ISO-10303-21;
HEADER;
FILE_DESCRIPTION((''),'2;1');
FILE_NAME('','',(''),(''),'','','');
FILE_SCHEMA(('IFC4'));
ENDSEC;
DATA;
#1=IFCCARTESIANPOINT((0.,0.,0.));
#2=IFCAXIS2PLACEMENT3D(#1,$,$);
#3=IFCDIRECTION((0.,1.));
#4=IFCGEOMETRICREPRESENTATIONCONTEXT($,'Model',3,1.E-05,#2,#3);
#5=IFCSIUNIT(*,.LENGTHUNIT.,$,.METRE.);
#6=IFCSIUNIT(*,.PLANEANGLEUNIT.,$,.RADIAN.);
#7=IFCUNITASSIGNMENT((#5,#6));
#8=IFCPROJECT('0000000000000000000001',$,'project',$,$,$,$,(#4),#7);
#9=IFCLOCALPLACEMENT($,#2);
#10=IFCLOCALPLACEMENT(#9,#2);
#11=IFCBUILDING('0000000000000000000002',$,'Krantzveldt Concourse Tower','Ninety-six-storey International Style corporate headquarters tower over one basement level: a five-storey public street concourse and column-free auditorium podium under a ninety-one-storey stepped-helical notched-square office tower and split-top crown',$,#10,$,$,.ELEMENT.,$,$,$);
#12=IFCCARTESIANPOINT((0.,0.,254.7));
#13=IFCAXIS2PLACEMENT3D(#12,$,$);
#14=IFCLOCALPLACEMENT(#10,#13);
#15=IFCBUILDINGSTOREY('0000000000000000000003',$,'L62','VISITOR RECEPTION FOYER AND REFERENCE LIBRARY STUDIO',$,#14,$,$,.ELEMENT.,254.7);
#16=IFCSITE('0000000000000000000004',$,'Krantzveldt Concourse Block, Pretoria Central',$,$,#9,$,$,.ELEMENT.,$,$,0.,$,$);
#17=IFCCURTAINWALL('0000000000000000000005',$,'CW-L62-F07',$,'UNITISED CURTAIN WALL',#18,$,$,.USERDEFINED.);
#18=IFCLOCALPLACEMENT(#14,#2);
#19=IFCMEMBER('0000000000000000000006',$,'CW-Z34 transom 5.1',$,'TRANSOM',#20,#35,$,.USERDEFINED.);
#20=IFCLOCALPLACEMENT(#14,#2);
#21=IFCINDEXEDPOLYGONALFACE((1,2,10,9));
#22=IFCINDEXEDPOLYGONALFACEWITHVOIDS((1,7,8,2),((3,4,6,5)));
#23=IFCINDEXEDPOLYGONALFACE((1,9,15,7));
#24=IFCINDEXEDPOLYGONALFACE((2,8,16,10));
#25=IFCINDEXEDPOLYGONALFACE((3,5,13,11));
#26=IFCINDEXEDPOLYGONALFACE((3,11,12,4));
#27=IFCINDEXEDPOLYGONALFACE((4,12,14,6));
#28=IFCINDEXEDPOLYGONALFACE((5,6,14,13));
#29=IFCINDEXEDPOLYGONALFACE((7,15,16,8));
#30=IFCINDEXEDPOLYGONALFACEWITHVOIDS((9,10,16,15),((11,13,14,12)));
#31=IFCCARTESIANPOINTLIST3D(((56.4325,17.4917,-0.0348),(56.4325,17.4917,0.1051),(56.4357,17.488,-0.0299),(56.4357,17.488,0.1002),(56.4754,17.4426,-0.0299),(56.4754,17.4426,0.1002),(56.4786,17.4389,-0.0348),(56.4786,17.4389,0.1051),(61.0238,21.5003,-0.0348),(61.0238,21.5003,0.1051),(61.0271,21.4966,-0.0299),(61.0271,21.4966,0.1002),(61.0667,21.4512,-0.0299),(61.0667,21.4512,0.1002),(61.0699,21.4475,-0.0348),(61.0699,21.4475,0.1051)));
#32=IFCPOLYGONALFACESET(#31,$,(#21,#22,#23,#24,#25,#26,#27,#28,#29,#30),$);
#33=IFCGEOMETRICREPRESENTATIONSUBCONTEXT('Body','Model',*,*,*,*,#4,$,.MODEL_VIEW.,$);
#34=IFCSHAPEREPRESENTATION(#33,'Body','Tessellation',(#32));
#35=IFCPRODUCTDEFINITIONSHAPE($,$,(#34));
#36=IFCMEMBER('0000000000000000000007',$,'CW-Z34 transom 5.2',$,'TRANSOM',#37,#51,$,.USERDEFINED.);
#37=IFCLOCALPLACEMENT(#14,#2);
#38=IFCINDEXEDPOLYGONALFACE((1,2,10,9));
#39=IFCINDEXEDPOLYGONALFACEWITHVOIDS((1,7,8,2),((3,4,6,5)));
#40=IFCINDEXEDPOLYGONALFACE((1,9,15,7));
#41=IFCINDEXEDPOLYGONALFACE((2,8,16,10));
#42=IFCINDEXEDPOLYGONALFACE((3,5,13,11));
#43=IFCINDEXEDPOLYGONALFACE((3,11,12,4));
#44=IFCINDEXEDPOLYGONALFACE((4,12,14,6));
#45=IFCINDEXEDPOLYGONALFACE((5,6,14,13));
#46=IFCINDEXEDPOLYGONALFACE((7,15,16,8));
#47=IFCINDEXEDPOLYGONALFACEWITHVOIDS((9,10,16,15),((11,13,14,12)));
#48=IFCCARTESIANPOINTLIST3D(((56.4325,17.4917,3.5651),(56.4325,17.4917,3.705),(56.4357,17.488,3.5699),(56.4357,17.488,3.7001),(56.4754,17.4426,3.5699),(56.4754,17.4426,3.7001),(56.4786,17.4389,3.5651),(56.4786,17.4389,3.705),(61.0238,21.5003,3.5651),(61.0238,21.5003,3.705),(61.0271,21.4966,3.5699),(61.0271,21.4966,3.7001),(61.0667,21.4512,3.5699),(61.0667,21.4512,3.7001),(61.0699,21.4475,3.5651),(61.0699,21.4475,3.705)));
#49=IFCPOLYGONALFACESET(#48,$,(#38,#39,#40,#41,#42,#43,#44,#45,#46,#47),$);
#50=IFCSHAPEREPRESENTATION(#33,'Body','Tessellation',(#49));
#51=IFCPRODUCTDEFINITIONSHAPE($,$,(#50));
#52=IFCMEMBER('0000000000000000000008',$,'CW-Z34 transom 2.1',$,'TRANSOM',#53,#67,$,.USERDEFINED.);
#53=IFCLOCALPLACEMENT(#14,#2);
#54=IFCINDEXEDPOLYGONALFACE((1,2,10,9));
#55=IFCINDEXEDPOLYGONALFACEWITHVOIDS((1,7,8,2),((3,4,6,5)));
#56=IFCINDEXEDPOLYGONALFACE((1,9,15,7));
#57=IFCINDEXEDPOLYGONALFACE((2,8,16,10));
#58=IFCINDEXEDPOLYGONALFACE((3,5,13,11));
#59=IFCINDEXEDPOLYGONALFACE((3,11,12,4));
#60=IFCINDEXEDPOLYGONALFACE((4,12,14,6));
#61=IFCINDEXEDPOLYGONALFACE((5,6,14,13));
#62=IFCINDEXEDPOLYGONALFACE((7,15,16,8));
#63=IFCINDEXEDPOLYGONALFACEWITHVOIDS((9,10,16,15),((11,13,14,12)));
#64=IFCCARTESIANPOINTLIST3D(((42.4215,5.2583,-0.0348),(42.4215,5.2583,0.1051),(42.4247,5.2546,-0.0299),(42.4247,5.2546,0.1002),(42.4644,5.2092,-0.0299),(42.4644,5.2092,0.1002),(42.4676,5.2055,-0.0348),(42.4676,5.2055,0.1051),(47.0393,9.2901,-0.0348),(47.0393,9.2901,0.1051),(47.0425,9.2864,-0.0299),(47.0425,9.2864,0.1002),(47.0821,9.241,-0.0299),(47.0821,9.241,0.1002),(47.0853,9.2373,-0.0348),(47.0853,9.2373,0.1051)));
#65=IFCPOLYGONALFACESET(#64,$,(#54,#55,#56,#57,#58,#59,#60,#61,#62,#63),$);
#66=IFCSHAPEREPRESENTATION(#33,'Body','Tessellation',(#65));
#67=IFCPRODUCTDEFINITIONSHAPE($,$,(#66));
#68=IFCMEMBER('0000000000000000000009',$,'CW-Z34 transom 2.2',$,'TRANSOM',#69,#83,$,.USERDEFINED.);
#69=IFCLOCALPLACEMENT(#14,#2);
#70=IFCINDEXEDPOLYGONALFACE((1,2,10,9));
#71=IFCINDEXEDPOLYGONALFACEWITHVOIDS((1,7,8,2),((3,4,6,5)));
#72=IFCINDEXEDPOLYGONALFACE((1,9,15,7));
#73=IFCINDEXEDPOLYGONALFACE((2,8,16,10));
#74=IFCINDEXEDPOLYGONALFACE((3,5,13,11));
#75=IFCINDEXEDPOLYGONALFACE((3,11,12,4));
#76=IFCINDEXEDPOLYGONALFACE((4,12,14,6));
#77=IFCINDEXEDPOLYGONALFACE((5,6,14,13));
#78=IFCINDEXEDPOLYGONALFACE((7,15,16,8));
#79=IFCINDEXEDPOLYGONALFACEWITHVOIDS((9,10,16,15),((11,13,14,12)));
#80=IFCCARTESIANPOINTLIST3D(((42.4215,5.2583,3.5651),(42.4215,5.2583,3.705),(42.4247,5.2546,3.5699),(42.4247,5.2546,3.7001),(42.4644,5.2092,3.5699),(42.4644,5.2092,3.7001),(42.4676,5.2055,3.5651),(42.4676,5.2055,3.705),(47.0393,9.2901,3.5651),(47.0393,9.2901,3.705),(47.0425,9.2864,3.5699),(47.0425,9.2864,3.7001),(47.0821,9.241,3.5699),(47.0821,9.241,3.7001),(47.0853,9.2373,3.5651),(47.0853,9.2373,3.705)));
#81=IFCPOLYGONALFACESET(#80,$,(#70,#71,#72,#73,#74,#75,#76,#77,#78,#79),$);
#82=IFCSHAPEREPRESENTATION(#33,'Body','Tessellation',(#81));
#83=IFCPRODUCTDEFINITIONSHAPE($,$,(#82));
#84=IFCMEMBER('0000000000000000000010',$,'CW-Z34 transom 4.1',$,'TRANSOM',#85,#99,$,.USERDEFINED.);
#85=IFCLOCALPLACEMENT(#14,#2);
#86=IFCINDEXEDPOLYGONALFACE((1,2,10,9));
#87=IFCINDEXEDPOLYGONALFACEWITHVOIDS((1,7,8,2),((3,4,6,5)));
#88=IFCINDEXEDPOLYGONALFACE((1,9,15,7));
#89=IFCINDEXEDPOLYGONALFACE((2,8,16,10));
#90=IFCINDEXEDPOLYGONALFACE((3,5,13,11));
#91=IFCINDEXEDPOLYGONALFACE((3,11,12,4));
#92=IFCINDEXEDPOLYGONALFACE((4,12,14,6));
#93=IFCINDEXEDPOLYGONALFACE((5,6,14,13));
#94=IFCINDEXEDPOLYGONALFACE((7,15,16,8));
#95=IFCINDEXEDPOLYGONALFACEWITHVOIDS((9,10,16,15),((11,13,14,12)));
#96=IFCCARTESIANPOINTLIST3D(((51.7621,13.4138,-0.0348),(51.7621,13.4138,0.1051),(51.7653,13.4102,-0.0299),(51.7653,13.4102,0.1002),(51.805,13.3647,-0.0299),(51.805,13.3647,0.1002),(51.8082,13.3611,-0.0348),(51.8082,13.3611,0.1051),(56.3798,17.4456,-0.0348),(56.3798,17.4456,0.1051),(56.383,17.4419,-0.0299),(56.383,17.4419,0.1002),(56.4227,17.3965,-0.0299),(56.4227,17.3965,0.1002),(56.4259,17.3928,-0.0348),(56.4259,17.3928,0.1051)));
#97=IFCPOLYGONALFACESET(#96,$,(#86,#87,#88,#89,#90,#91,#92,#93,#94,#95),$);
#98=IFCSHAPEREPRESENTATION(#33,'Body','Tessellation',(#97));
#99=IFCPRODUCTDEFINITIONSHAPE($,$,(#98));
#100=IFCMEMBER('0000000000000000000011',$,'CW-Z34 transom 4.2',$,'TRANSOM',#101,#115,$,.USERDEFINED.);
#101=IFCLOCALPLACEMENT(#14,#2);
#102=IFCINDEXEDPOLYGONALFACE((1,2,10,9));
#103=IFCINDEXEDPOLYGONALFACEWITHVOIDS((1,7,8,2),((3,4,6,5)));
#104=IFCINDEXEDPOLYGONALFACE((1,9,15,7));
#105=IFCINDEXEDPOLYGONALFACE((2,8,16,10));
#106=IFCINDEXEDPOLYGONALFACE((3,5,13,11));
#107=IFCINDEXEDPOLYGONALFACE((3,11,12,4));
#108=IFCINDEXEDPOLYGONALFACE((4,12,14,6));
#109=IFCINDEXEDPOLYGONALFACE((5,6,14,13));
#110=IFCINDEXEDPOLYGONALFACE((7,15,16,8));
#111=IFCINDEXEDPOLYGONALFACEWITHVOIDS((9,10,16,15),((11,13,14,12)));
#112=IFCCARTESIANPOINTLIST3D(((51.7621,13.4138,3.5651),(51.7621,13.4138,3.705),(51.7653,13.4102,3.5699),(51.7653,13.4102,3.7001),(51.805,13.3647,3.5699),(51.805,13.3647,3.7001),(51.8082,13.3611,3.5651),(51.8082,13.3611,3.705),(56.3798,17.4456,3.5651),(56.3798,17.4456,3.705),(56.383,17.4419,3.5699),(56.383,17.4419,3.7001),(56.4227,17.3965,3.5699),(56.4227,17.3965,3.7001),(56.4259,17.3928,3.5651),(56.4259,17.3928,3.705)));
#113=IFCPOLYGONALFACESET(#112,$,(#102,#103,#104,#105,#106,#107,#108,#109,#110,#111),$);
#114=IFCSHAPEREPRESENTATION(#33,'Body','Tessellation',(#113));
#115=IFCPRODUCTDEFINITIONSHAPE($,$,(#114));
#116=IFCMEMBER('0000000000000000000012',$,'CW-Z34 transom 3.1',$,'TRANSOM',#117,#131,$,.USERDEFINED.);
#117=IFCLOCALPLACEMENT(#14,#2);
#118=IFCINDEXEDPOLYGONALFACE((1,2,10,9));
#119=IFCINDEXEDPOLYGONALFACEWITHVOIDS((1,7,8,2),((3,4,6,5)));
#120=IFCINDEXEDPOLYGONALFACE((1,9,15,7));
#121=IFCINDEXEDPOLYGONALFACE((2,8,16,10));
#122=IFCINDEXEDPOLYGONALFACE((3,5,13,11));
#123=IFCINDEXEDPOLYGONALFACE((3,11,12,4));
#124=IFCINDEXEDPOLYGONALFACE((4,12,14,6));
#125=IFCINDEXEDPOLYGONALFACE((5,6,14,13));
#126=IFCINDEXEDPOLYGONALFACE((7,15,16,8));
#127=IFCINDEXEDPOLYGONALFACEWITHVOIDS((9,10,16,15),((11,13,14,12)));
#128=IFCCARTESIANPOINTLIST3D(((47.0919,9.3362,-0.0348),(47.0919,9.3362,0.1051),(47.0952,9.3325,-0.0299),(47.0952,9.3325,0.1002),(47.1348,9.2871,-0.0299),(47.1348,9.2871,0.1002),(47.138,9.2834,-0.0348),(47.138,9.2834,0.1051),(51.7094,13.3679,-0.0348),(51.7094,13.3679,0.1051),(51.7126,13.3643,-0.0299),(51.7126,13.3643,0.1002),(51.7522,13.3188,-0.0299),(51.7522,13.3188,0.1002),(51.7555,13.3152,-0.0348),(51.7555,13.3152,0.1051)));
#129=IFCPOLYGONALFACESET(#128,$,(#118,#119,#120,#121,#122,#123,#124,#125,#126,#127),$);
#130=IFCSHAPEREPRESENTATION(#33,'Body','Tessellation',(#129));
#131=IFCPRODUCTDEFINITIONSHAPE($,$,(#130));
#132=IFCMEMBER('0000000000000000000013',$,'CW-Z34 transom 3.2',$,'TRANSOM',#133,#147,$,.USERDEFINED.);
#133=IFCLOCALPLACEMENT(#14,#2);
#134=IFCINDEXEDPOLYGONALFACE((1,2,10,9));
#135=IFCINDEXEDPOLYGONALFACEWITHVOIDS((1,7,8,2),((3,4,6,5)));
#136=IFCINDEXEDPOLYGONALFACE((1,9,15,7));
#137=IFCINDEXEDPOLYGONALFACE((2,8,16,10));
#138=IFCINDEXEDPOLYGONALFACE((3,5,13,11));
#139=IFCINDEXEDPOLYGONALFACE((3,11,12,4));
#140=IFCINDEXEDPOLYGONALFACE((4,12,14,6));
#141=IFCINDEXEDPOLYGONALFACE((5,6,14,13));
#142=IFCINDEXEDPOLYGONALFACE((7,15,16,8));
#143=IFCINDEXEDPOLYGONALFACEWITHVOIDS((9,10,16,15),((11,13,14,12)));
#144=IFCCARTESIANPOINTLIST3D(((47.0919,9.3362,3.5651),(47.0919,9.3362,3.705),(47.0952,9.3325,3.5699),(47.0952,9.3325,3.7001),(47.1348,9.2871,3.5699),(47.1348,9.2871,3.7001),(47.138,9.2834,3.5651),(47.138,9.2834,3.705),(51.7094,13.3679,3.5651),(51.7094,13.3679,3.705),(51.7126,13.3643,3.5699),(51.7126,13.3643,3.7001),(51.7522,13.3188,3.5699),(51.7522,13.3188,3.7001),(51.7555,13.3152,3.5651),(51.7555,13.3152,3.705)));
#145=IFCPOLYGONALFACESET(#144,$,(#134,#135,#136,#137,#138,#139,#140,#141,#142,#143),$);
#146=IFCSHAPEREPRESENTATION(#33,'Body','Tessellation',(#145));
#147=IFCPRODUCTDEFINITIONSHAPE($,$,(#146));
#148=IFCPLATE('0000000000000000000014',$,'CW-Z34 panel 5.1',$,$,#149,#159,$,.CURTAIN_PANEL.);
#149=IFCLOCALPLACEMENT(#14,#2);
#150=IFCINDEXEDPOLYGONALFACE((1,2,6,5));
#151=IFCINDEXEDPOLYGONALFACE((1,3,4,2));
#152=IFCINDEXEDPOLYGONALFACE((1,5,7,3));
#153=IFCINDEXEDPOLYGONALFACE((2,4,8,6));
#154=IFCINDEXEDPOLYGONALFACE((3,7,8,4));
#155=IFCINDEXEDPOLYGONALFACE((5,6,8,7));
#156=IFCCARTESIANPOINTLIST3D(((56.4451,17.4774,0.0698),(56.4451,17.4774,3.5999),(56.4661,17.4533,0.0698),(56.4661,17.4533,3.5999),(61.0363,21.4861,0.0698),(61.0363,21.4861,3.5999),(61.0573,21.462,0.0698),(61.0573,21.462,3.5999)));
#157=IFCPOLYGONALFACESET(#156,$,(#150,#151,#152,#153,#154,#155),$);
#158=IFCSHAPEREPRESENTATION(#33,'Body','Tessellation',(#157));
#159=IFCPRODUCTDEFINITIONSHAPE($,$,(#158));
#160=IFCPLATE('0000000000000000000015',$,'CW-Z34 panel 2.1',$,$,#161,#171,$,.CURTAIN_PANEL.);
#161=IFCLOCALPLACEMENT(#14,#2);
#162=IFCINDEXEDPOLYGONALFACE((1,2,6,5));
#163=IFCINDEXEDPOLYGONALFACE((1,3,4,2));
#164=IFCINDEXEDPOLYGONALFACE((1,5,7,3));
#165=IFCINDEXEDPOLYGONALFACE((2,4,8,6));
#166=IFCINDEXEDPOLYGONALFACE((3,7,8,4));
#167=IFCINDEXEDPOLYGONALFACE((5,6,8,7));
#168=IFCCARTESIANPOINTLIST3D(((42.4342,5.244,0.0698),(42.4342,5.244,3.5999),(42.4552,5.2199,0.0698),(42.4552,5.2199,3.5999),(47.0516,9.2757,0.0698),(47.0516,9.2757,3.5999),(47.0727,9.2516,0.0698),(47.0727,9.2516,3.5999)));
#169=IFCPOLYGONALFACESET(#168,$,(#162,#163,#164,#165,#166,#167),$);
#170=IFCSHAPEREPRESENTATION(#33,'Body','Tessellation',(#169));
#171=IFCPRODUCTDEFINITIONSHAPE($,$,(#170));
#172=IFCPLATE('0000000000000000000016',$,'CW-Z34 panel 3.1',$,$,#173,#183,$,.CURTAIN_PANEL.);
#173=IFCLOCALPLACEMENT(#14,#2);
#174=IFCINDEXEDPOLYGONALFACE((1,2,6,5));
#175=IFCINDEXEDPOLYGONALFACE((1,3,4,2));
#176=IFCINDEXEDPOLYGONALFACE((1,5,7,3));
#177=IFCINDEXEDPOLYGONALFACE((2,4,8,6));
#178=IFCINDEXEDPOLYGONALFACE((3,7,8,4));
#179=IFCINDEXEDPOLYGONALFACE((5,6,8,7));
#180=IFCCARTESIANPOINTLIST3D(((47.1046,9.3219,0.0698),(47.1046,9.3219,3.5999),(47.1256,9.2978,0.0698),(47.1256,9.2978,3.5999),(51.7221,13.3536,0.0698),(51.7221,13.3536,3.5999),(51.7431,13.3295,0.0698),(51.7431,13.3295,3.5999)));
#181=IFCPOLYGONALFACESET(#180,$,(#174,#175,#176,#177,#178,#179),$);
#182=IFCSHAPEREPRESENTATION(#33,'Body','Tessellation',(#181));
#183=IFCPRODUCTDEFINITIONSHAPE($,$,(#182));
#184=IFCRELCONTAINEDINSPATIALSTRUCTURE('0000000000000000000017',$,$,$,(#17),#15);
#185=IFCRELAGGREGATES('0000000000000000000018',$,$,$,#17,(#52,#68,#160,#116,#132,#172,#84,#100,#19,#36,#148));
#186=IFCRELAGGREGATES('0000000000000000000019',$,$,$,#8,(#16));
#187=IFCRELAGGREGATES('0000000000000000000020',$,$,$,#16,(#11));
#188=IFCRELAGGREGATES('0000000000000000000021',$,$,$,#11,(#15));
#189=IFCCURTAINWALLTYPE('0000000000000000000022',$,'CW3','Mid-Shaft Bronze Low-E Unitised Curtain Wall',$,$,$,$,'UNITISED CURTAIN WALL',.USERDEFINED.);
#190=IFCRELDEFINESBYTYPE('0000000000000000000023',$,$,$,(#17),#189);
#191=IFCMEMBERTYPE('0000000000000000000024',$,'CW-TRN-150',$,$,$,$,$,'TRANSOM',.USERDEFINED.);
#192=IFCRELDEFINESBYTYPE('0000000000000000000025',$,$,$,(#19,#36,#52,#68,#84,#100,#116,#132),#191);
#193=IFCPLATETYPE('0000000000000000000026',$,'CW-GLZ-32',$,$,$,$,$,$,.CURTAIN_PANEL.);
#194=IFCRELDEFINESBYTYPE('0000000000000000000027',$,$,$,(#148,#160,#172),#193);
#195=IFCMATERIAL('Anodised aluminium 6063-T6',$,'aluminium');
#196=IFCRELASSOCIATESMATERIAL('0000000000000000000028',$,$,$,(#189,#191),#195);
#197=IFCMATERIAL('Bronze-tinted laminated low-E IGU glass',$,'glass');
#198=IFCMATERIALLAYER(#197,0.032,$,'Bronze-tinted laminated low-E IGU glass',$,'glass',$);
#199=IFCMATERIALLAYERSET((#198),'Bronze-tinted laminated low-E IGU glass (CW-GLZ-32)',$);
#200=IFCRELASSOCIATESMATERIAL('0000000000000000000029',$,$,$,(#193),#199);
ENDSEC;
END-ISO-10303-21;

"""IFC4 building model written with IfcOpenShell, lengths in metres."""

from ifc_helpers import new_model, si_unit, direction, frame, origin, origin_2d, place, context, subcontext, project, spatial, rectangle, hollow_rectangle, extrude, source, transform, mapped, material, layer, layer_set, material_profile, profile_set, type_object, type_shapes, element, aggregate, save


model = new_model("IFC4")

# Units and contexts
model_context = context("Model", 3, precision=1e-05, world=origin(), true_north=direction((0.0, 1.0)))
body_context = subcontext(model_context, "Body", "Model", "MODEL_VIEW")
ifc_project = project(units=[si_unit("LENGTHUNIT", "METRE"), si_unit("PLANEANGLEUNIT", "RADIAN")], contexts=[model_context])

# Site, building, storey
site_placement = place(None, origin())
site = spatial("IfcSite", under=ifc_project, at=site_placement, Name="Krantzveldt Concourse Block, Pretoria Central", CompositionType="ELEMENT", RefElevation=0.0)
building_placement = place(site_placement, origin())
building = spatial("IfcBuilding", under=site, at=building_placement, Name="Krantzveldt Concourse Tower", Description="Ninety-six-storey International Style corporate headquarters tower over one basement level: a five-storey public street concourse and column-free auditorium podium under a ninety-one-storey stepped-helical notched-square office tower and split-top crown", CompositionType="ELEMENT")
storey_placement = place(building_placement, frame((0.0, 0.0, 254.7)))
storey = spatial("IfcBuildingStorey", under=building, at=storey_placement, Name="L62", Description="VISITOR RECEPTION FOYER AND REFERENCE LIBRARY STUDIO", CompositionType="ELEMENT", Elevation=254.7)

# Curtain wall, members, plates
ifc_material_1 = material(Name="Anodised aluminium 6063-T6", Category="aluminium")
curtain_wall_type = type_object("IfcCurtainWallType", Name="CW3", Description="Mid-Shaft Bronze Low-E Unitised Curtain Wall", ElementType="UNITISED CURTAIN WALL", PredefinedType="USERDEFINED", material=ifc_material_1)
curtain_wall_placement = place(storey_placement, origin())
curtain_wall = element("IfcCurtainWall", 1, at=curtain_wall_placement, inside=storey, type_object=curtain_wall_type, Name="CW-L62-F07", ObjectType="UNITISED CURTAIN WALL", PredefinedType="USERDEFINED")
ifc_material_profile_1 = material_profile(ifc_material_1, hollow_rectangle(XDim=0.0701, YDim=0.1399, WallThickness=0.0049, at=origin_2d()), Name="Anodised aluminium 6063-T6", Category="aluminium")
ifc_profile_set_1 = profile_set([ifc_material_profile_1], Name="Anodised aluminium 6063-T6 - ALU-TRAN 140x70x5")
member_type_1 = type_object("IfcMemberType", Name="CW-TRN-150", ElementType="TRANSOM", PredefinedType="USERDEFINED", material=ifc_profile_set_1)
shared_shape_1 = source(origin(), body_context, "Body", "SweptSolid", [
    extrude(hollow_rectangle(XDim=0.0701, YDim=0.1399, WallThickness=0.0049, at=origin_2d()), origin(), (0.0, 0.0, 1.0), 6.095),
])
member_1_placement = place(storey_placement, frame((56.4556, 17.4653, 0.0352), z_axis=(0.753296, 0.657682, 0.0), x_axis=(-0.657682, 0.753296, 0.0)))
member_1 = element("IfcMember", 2, at=member_1_placement, type_object=member_type_1, Name="CW-Z34 transom 5.1", ObjectType="TRANSOM", PredefinedType="USERDEFINED", context=body_context, shape_type="MappedRepresentation", body=[
    mapped(shared_shape_1, transform((0.0, 0.0, 0.0), x_axis=(1.0, 0.0, 0.0), y_axis=(0.0, 1.0, 0.0), z_axis=(0.0, 0.0, 1.0), scale=1.0)),
])
member_2_placement = place(storey_placement, frame((56.4556, 17.4653, 3.635), z_axis=(0.753296, 0.657682, 0.0), x_axis=(-0.657682, 0.753296, 0.0)))
member_2 = element("IfcMember", 3, at=member_2_placement, type_object=member_type_1, Name="CW-Z34 transom 5.2", ObjectType="TRANSOM", PredefinedType="USERDEFINED", context=body_context, shape_type="MappedRepresentation", body=[
    mapped(shared_shape_1, transform((0.0, 0.0, 0.0), x_axis=(1.0, 0.0, 0.0), y_axis=(0.0, 1.0, 0.0), z_axis=(0.0, 0.0, 1.0), scale=1.0)),
])
shared_shape_2 = source(origin(), body_context, "Body", "SweptSolid", [
    extrude(hollow_rectangle(XDim=0.0701, YDim=0.1399, WallThickness=0.0049, at=origin_2d()), origin(), (0.0, 0.0, 1.0), 6.1301),
])
member_3_placement = place(storey_placement, frame((42.4446, 5.2319, 0.0352), z_axis=(0.753282, 0.657698, 0.0), x_axis=(-0.657698, 0.753282, 0.0)))
member_3 = element("IfcMember", 4, at=member_3_placement, type_object=member_type_1, Name="CW-Z34 transom 2.1", ObjectType="TRANSOM", PredefinedType="USERDEFINED", context=body_context, shape_type="MappedRepresentation", body=[
    mapped(shared_shape_2, transform((0.0, 0.0, 0.0), x_axis=(1.0, 0.0, 0.0), y_axis=(0.0, 1.0, 0.0), z_axis=(0.0, 0.0, 1.0), scale=1.0)),
])
member_4_placement = place(storey_placement, frame((42.4446, 5.2319, 3.635), z_axis=(0.753282, 0.657698, 0.0), x_axis=(-0.657698, 0.753282, 0.0)))
member_4 = element("IfcMember", 5, at=member_4_placement, type_object=member_type_1, Name="CW-Z34 transom 2.2", ObjectType="TRANSOM", PredefinedType="USERDEFINED", context=body_context, shape_type="MappedRepresentation", body=[
    mapped(shared_shape_2, transform((0.0, 0.0, 0.0), x_axis=(1.0, 0.0, 0.0), y_axis=(0.0, 1.0, 0.0), z_axis=(0.0, 0.0, 1.0), scale=1.0)),
])
member_5_placement = place(storey_placement, frame((51.7852, 13.3875, 0.0352), z_axis=(0.753282, 0.657698, 0.0), x_axis=(-0.657698, 0.753282, 0.0)))
member_5 = element("IfcMember", 6, at=member_5_placement, type_object=member_type_1, Name="CW-Z34 transom 4.1", ObjectType="TRANSOM", PredefinedType="USERDEFINED", context=body_context, shape_type="MappedRepresentation", body=[
    mapped(shared_shape_2, transform((0.0, 0.0, 0.0), x_axis=(1.0, 0.0, 0.0), y_axis=(0.0, 1.0, 0.0), z_axis=(0.0, 0.0, 1.0), scale=1.0)),
])
member_6_placement = place(storey_placement, frame((51.7852, 13.3875, 3.635), z_axis=(0.753282, 0.657698, 0.0), x_axis=(-0.657698, 0.753282, 0.0)))
member_6 = element("IfcMember", 7, at=member_6_placement, type_object=member_type_1, Name="CW-Z34 transom 4.2", ObjectType="TRANSOM", PredefinedType="USERDEFINED", context=body_context, shape_type="MappedRepresentation", body=[
    mapped(shared_shape_2, transform((0.0, 0.0, 0.0), x_axis=(1.0, 0.0, 0.0), y_axis=(0.0, 1.0, 0.0), z_axis=(0.0, 0.0, 1.0), scale=1.0)),
])
shared_shape_3 = source(origin(), body_context, "Body", "SweptSolid", [
    extrude(hollow_rectangle(XDim=0.0701, YDim=0.1399, WallThickness=0.0049, at=origin_2d()), origin(), (0.0, 0.0, 1.0), 6.1299),
])
type_shapes(member_type_1, [shared_shape_1, shared_shape_2, shared_shape_3])
member_7_placement = place(storey_placement, frame((47.115, 9.3098, 0.0352), z_axis=(0.753265, 0.657718, 0.0), x_axis=(-0.657718, 0.753265, 0.0)))
member_7 = element("IfcMember", 8, at=member_7_placement, type_object=member_type_1, Name="CW-Z34 transom 3.1", ObjectType="TRANSOM", PredefinedType="USERDEFINED", context=body_context, shape_type="MappedRepresentation", body=[
    mapped(shared_shape_3, transform((0.0, 0.0, 0.0), x_axis=(1.0, 0.0, 0.0), y_axis=(0.0, 1.0, 0.0), z_axis=(0.0, 0.0, 1.0), scale=1.0)),
])
member_8_placement = place(storey_placement, frame((47.115, 9.3098, 3.635), z_axis=(0.753265, 0.657718, 0.0), x_axis=(-0.657718, 0.753265, 0.0)))
member_8 = element("IfcMember", 9, at=member_8_placement, type_object=member_type_1, Name="CW-Z34 transom 3.2", ObjectType="TRANSOM", PredefinedType="USERDEFINED", context=body_context, shape_type="MappedRepresentation", body=[
    mapped(shared_shape_3, transform((0.0, 0.0, 0.0), x_axis=(1.0, 0.0, 0.0), y_axis=(0.0, 1.0, 0.0), z_axis=(0.0, 0.0, 1.0), scale=1.0)),
])
ifc_material_2 = material(Name="Bronze-tinted laminated low-E IGU glass", Category="glass")
ifc_layer_1 = layer(ifc_material_2, 0.032, Name="Bronze-tinted laminated low-E IGU glass", Category="glass")
ifc_layer_set_1 = layer_set([ifc_layer_1], Name="Bronze-tinted laminated low-E IGU glass (CW-GLZ-32)")
plate_type = type_object("IfcPlateType", Name="CW-GLZ-32", PredefinedType="CURTAIN_PANEL", material=ifc_layer_set_1)
shared_shape_4 = source(origin(), body_context, "Body", "SweptSolid", [
    extrude(rectangle(XDim=6.095, YDim=0.032, at=origin_2d()), origin(), (0.0, 0.0, 1.0), 3.53),
])
plate_1_placement = place(storey_placement, frame((58.7512, 19.4697, 0.0698), z_axis=(0.0, 0.0, 1.0), x_axis=(0.753277, 0.657704, 0.0)))
plate_1 = element("IfcPlate", 10, at=plate_1_placement, type_object=plate_type, Name="CW-Z34 panel 5.1", PredefinedType="CURTAIN_PANEL", context=body_context, shape_type="MappedRepresentation", body=[
    mapped(shared_shape_4, transform((0.0, 0.0, 0.0), x_axis=(1.0, 0.0, 0.0), y_axis=(0.0, 1.0, 0.0), z_axis=(0.0, 0.0, 1.0), scale=1.0)),
])
shared_shape_5 = source(origin(), body_context, "Body", "SweptSolid", [
    extrude(rectangle(XDim=6.1299, YDim=0.032, at=origin_2d()), origin(), (0.0, 0.0, 1.0), 3.53),
])
type_shapes(plate_type, [shared_shape_4, shared_shape_5])
plate_2_placement = place(storey_placement, frame((44.7534, 7.2478, 0.0698), z_axis=(0.0, 0.0, 1.0), x_axis=(0.753277, 0.657704, 0.0)))
plate_2 = element("IfcPlate", 11, at=plate_2_placement, type_object=plate_type, Name="CW-Z34 panel 2.1", PredefinedType="CURTAIN_PANEL", context=body_context, shape_type="MappedRepresentation", body=[
    mapped(shared_shape_5, transform((0.0, 0.0, 0.0), x_axis=(1.0, 0.0, 0.0), y_axis=(0.0, 1.0, 0.0), z_axis=(0.0, 0.0, 1.0), scale=1.0)),
])
plate_3_placement = place(storey_placement, frame((49.4238, 11.3257, 0.0698), z_axis=(0.0, 0.0, 1.0), x_axis=(0.753277, 0.657704, 0.0)))
plate_3 = element("IfcPlate", 12, at=plate_3_placement, type_object=plate_type, Name="CW-Z34 panel 3.1", PredefinedType="CURTAIN_PANEL", context=body_context, shape_type="MappedRepresentation", body=[
    mapped(shared_shape_5, transform((0.0, 0.0, 0.0), x_axis=(1.0, 0.0, 0.0), y_axis=(0.0, 1.0, 0.0), z_axis=(0.0, 0.0, 1.0), scale=1.0)),
])
aggregate(curtain_wall, [member_3, member_4, plate_2, member_7, member_8, plate_3, member_5, member_6, member_1, member_2, plate_1])

save(model, "model.ifc")
